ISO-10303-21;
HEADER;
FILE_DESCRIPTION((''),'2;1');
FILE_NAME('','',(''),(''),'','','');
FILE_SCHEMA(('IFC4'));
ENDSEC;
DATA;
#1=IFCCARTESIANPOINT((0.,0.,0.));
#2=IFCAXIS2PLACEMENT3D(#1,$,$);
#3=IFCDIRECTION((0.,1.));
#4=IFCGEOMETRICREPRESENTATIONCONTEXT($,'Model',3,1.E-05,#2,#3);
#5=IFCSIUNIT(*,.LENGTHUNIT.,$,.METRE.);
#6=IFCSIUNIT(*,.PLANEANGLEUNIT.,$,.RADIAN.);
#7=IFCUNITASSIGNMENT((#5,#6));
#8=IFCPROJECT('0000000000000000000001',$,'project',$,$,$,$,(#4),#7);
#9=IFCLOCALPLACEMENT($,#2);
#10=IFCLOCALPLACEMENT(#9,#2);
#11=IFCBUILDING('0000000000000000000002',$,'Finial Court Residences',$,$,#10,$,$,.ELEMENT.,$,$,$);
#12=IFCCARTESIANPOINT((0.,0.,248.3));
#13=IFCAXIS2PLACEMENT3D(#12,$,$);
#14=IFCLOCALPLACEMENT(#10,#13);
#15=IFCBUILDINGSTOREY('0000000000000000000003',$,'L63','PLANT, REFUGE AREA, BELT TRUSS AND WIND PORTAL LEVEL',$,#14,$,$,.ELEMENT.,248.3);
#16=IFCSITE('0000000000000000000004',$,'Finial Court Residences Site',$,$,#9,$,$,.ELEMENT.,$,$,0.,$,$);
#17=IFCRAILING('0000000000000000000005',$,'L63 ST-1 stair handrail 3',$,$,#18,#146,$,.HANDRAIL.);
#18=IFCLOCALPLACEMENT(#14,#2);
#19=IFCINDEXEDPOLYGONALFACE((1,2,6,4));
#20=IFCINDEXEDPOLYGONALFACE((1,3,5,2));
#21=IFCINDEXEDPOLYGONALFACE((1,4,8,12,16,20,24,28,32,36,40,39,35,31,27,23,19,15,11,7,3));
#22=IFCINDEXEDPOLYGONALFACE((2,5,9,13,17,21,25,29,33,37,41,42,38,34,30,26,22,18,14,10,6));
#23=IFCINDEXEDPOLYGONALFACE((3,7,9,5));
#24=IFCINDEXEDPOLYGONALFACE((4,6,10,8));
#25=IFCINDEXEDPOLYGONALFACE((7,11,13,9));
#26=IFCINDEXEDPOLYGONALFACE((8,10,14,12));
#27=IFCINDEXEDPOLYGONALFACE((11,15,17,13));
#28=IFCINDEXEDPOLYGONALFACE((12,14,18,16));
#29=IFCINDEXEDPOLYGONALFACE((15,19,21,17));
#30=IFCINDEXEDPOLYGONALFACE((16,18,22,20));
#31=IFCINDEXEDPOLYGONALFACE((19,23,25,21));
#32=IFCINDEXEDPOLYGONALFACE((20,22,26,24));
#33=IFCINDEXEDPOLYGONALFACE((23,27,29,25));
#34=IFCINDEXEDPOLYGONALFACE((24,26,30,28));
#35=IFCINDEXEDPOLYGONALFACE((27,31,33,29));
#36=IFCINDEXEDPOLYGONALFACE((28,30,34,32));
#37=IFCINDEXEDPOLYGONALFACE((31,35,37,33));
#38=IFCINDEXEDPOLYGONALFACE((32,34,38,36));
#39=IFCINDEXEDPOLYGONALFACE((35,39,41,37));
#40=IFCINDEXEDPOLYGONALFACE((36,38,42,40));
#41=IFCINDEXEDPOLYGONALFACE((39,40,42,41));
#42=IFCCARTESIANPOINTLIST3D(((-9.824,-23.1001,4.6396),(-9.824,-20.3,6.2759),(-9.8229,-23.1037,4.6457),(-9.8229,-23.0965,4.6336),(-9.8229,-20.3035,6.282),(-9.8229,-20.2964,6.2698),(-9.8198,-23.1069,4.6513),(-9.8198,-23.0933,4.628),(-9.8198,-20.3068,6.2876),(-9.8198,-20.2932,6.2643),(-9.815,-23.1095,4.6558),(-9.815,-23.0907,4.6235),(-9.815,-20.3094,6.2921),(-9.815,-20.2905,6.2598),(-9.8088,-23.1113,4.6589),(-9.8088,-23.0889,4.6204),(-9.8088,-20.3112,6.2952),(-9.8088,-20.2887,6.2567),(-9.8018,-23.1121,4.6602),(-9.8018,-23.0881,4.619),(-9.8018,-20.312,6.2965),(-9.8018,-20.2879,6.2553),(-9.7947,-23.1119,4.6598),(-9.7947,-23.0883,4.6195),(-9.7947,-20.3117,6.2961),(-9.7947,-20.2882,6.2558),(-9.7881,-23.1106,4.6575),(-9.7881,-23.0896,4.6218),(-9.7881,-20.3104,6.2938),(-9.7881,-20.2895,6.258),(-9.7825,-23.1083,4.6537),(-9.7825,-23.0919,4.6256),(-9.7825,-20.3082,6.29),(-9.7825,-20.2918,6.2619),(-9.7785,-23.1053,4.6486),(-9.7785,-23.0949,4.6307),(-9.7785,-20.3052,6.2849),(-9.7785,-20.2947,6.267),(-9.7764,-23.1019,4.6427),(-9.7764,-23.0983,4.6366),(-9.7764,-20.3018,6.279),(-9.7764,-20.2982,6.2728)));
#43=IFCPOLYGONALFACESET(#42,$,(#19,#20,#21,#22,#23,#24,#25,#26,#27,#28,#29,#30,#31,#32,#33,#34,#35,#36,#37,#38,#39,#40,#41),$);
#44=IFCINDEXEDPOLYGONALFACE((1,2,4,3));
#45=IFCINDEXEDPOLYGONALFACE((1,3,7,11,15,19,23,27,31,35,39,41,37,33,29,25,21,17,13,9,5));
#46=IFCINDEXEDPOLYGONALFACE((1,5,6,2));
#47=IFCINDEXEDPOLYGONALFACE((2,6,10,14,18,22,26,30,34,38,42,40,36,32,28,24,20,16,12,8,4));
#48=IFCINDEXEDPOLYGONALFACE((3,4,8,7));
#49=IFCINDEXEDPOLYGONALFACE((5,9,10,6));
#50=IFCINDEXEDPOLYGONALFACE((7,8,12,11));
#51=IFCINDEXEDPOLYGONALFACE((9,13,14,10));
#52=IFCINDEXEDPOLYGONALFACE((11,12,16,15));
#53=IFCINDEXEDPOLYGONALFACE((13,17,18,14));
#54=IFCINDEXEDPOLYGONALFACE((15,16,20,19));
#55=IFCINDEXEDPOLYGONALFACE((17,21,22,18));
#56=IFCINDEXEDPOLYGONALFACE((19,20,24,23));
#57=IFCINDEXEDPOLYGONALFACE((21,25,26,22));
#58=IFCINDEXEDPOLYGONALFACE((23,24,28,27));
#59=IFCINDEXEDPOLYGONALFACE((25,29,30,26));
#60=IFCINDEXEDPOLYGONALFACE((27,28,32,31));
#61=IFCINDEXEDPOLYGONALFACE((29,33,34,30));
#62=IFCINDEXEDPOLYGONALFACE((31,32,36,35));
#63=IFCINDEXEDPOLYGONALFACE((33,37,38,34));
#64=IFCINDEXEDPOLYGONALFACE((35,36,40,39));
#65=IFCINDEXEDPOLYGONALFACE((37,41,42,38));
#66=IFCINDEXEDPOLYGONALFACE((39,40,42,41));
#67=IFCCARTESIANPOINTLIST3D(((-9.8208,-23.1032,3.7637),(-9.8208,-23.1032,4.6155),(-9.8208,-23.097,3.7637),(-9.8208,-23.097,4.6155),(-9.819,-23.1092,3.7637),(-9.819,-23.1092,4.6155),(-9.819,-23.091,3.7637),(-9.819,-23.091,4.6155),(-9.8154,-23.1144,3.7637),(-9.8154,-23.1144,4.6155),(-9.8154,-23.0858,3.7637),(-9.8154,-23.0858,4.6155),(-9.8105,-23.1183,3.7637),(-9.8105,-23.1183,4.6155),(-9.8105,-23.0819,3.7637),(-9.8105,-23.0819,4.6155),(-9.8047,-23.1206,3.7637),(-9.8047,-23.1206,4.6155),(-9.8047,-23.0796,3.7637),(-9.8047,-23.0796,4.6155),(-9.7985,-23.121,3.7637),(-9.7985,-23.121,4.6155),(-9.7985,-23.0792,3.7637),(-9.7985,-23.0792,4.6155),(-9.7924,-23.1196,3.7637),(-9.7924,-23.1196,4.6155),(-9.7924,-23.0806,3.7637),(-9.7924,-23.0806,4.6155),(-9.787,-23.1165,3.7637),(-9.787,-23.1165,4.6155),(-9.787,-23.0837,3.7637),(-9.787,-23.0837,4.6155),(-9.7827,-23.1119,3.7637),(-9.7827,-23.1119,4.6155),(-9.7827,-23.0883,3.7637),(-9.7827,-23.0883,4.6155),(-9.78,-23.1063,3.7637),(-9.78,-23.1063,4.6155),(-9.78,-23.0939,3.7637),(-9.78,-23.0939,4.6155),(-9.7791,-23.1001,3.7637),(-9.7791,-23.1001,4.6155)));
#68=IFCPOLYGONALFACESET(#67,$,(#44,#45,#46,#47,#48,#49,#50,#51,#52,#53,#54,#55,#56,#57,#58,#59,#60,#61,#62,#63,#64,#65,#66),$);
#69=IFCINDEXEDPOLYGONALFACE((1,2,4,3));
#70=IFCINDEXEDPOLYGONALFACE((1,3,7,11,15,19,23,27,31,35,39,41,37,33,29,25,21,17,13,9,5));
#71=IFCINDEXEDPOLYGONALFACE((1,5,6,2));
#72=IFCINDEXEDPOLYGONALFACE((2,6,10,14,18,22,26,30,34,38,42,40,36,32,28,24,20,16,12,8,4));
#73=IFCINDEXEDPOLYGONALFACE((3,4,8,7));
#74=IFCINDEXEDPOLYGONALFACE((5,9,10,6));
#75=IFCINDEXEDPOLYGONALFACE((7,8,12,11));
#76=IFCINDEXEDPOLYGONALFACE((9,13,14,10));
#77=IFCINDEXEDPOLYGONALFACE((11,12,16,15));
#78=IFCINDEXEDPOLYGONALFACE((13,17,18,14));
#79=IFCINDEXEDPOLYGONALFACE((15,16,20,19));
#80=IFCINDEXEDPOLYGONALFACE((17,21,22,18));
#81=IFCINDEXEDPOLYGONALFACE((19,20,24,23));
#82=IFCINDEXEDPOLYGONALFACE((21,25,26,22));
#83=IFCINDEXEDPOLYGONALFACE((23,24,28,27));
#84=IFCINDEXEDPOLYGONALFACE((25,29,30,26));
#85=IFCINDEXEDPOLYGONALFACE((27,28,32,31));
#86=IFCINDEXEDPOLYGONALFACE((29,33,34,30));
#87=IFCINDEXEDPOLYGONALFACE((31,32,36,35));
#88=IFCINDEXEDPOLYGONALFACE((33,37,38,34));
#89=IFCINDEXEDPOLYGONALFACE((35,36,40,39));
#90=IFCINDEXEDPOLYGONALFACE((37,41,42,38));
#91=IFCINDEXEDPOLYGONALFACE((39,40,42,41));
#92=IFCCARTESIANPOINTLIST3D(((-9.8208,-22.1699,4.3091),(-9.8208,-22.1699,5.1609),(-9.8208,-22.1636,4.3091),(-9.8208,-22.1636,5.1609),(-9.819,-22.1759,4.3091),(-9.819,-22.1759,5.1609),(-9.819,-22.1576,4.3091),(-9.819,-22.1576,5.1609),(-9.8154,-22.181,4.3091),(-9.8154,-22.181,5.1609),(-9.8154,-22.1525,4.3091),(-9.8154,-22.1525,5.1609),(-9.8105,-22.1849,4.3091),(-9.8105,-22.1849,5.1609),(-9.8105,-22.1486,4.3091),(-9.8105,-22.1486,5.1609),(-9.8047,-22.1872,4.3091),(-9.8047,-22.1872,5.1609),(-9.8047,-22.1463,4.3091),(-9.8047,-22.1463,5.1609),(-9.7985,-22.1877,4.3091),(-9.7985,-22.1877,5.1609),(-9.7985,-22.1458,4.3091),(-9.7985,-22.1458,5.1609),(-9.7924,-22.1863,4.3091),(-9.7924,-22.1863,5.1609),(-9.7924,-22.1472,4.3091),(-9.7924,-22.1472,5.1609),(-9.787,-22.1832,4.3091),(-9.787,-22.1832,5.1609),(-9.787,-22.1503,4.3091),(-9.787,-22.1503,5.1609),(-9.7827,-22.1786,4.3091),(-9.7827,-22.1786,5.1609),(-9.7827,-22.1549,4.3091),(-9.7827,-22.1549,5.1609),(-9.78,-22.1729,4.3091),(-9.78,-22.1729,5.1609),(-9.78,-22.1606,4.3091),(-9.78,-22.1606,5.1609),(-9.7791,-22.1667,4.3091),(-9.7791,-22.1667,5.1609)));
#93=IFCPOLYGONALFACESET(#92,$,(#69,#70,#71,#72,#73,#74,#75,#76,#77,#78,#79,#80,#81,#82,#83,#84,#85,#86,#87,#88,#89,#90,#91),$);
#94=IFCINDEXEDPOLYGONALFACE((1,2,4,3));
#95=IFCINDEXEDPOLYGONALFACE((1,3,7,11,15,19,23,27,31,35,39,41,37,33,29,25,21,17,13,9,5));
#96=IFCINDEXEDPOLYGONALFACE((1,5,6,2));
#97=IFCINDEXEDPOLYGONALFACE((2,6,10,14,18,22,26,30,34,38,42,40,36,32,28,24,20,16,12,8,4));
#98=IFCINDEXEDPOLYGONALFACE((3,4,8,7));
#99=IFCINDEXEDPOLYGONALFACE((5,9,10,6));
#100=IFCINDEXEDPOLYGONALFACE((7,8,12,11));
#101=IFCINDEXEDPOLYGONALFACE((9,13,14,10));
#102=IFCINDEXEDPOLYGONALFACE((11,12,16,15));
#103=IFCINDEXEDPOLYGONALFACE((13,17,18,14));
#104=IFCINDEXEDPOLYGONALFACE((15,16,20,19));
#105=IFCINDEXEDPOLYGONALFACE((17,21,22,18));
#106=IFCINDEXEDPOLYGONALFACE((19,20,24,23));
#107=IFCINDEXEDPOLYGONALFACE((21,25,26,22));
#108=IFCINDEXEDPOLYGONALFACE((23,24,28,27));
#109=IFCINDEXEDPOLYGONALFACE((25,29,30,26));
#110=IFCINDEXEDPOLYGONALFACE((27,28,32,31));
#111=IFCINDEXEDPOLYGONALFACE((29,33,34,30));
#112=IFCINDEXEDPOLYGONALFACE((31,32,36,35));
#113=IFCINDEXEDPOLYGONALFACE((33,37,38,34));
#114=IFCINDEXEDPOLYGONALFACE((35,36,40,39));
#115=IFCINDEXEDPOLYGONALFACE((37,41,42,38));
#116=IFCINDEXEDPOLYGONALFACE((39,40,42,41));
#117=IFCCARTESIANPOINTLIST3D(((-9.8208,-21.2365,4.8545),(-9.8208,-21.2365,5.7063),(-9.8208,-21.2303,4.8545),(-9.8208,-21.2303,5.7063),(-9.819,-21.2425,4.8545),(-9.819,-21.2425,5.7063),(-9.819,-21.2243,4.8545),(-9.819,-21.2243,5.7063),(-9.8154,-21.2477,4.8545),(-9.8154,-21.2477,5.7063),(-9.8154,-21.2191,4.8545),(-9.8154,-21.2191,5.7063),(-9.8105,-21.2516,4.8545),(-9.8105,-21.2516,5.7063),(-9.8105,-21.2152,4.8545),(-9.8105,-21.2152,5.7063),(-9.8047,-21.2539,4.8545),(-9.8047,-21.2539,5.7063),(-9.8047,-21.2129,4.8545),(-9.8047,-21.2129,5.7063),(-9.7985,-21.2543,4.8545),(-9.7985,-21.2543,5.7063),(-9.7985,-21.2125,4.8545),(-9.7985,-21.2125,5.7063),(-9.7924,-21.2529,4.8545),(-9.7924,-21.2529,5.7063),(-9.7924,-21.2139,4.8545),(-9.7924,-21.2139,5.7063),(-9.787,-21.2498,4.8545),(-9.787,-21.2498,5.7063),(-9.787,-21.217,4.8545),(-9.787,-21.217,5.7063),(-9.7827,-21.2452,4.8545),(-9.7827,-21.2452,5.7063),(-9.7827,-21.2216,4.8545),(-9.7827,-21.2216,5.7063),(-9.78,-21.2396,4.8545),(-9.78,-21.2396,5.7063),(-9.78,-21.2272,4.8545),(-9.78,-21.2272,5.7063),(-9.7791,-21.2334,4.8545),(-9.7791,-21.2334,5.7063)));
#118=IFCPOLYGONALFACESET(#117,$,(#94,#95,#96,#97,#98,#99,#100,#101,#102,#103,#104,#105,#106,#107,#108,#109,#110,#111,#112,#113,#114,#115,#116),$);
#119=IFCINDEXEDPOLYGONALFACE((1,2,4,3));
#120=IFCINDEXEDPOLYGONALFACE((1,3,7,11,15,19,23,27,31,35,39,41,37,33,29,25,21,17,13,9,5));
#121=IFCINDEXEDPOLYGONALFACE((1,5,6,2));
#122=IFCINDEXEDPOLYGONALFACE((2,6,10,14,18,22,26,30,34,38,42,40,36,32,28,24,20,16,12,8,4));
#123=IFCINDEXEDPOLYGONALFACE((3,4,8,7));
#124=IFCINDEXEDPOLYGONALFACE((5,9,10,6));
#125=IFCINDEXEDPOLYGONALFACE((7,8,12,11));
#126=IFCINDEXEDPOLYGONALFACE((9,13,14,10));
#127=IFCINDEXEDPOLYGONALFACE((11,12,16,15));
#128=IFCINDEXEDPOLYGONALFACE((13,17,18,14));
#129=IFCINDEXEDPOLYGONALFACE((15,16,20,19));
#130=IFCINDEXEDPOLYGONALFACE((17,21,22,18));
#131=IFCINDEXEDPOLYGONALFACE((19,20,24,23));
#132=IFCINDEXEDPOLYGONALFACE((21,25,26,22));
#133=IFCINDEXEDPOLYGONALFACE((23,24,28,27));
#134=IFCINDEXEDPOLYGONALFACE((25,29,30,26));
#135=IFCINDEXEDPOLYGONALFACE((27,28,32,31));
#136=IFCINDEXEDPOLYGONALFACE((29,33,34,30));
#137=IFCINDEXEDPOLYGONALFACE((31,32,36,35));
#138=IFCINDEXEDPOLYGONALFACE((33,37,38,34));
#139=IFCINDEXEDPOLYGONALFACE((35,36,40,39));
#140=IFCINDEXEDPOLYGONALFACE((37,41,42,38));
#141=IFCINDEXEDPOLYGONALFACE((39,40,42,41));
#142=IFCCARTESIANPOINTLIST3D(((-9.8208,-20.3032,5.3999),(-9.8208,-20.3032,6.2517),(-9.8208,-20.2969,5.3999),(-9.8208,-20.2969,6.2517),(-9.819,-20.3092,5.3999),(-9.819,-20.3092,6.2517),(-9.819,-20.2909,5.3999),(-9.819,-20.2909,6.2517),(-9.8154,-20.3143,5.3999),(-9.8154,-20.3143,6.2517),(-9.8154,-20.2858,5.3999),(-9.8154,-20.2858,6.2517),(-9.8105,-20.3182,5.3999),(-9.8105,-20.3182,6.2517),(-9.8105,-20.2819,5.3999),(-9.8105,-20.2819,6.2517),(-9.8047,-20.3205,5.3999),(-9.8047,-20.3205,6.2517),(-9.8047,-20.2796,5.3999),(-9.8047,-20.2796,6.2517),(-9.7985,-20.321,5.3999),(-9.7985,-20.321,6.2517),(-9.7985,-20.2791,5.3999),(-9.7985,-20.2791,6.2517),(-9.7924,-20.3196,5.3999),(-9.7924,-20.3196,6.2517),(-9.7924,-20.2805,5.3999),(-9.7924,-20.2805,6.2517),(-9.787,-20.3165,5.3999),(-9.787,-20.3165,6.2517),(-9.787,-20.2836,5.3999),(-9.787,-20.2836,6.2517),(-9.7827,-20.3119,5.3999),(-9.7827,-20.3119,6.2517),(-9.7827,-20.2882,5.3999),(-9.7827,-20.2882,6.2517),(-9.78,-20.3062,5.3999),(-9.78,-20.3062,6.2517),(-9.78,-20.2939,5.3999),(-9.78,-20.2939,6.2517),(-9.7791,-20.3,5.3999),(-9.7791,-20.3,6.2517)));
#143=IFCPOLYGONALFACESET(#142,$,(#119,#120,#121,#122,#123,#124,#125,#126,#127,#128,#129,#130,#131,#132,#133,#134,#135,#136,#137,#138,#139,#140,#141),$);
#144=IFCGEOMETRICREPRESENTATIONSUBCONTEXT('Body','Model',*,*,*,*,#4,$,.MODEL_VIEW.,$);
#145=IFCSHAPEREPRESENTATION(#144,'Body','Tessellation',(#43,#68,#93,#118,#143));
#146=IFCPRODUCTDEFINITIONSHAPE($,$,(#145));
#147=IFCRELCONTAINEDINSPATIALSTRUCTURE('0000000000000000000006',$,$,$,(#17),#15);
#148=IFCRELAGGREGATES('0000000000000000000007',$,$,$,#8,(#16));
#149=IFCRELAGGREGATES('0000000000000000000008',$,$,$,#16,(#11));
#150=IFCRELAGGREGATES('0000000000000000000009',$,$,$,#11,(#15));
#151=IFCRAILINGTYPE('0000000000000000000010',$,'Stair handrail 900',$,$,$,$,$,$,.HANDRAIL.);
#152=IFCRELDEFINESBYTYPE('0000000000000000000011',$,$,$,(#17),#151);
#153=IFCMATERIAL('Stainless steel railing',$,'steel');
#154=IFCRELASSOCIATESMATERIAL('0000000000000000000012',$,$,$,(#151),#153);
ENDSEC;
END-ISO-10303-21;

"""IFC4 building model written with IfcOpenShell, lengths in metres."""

from ifc_helpers import new_model, si_unit, direction, frame, origin, origin_2d, place, context, subcontext, project, spatial, circle, extrude, material, type_object, element, save


model = new_model("IFC4")

# Units and contexts
model_context = context("Model", 3, precision=1e-05, world=origin(), true_north=direction((0.0, 1.0)))
body_context = subcontext(model_context, "Body", "Model", "MODEL_VIEW")
ifc_project = project(units=[si_unit("LENGTHUNIT", "METRE"), si_unit("PLANEANGLEUNIT", "RADIAN")], contexts=[model_context])

# Site, building, storey
site_placement = place(None, origin())
site = spatial("IfcSite", under=ifc_project, at=site_placement, Name="Finial Court Residences Site", CompositionType="ELEMENT", RefElevation=0.0)
building_placement = place(site_placement, origin())
building = spatial("IfcBuilding", under=site, at=building_placement, Name="Finial Court Residences", CompositionType="ELEMENT")
storey_placement = place(building_placement, frame((0.0, 0.0, 248.3)))
storey = spatial("IfcBuildingStorey", under=building, at=storey_placement, Name="L63", Description="PLANT, REFUGE AREA, BELT TRUSS AND WIND PORTAL LEVEL", CompositionType="ELEMENT", Elevation=248.3)

# Railing
ifc_material_1 = material(Name="Stainless steel railing", Category="steel")
railing_type_1 = type_object("IfcRailingType", Name="Stair handrail 900", PredefinedType="HANDRAIL", material=ifc_material_1)
railing_1_placement = place(storey_placement, frame((-9.8, -23.1001, 3.7637)))
element("IfcRailing", 1, at=railing_1_placement, inside=storey, type_object=railing_type_1, Name="L63 ST-1 stair handrail 3", PredefinedType="HANDRAIL", context=body_context, shape_type="SweptSolid", body=[
    extrude(circle(Radius=0.0239, at=origin_2d()), frame((0.0, 0.0, 0.876), z_axis=(0.0, 0.863394, 0.504531), x_axis=(-1.0, 0.0, 0.0)), (0.0, 0.0, 1.0), 3.2432),
    extrude(circle(Radius=0.021, at=origin_2d()), origin(), (0.0, 0.0, 1.0), 0.8518),
    extrude(circle(Radius=0.021, at=origin_2d()), frame((0.0, 0.9333, 0.5454)), (0.0, 0.0, 1.0), 0.8518),
    extrude(circle(Radius=0.021, at=origin_2d()), frame((0.0, 1.8667, 1.0908)), (0.0, 0.0, 1.0), 0.8518),
    extrude(circle(Radius=0.021, at=origin_2d()), frame((0.0, 2.8, 1.6362)), (0.0, 0.0, 1.0), 0.8518),
])

save(model, "model.ifc")
